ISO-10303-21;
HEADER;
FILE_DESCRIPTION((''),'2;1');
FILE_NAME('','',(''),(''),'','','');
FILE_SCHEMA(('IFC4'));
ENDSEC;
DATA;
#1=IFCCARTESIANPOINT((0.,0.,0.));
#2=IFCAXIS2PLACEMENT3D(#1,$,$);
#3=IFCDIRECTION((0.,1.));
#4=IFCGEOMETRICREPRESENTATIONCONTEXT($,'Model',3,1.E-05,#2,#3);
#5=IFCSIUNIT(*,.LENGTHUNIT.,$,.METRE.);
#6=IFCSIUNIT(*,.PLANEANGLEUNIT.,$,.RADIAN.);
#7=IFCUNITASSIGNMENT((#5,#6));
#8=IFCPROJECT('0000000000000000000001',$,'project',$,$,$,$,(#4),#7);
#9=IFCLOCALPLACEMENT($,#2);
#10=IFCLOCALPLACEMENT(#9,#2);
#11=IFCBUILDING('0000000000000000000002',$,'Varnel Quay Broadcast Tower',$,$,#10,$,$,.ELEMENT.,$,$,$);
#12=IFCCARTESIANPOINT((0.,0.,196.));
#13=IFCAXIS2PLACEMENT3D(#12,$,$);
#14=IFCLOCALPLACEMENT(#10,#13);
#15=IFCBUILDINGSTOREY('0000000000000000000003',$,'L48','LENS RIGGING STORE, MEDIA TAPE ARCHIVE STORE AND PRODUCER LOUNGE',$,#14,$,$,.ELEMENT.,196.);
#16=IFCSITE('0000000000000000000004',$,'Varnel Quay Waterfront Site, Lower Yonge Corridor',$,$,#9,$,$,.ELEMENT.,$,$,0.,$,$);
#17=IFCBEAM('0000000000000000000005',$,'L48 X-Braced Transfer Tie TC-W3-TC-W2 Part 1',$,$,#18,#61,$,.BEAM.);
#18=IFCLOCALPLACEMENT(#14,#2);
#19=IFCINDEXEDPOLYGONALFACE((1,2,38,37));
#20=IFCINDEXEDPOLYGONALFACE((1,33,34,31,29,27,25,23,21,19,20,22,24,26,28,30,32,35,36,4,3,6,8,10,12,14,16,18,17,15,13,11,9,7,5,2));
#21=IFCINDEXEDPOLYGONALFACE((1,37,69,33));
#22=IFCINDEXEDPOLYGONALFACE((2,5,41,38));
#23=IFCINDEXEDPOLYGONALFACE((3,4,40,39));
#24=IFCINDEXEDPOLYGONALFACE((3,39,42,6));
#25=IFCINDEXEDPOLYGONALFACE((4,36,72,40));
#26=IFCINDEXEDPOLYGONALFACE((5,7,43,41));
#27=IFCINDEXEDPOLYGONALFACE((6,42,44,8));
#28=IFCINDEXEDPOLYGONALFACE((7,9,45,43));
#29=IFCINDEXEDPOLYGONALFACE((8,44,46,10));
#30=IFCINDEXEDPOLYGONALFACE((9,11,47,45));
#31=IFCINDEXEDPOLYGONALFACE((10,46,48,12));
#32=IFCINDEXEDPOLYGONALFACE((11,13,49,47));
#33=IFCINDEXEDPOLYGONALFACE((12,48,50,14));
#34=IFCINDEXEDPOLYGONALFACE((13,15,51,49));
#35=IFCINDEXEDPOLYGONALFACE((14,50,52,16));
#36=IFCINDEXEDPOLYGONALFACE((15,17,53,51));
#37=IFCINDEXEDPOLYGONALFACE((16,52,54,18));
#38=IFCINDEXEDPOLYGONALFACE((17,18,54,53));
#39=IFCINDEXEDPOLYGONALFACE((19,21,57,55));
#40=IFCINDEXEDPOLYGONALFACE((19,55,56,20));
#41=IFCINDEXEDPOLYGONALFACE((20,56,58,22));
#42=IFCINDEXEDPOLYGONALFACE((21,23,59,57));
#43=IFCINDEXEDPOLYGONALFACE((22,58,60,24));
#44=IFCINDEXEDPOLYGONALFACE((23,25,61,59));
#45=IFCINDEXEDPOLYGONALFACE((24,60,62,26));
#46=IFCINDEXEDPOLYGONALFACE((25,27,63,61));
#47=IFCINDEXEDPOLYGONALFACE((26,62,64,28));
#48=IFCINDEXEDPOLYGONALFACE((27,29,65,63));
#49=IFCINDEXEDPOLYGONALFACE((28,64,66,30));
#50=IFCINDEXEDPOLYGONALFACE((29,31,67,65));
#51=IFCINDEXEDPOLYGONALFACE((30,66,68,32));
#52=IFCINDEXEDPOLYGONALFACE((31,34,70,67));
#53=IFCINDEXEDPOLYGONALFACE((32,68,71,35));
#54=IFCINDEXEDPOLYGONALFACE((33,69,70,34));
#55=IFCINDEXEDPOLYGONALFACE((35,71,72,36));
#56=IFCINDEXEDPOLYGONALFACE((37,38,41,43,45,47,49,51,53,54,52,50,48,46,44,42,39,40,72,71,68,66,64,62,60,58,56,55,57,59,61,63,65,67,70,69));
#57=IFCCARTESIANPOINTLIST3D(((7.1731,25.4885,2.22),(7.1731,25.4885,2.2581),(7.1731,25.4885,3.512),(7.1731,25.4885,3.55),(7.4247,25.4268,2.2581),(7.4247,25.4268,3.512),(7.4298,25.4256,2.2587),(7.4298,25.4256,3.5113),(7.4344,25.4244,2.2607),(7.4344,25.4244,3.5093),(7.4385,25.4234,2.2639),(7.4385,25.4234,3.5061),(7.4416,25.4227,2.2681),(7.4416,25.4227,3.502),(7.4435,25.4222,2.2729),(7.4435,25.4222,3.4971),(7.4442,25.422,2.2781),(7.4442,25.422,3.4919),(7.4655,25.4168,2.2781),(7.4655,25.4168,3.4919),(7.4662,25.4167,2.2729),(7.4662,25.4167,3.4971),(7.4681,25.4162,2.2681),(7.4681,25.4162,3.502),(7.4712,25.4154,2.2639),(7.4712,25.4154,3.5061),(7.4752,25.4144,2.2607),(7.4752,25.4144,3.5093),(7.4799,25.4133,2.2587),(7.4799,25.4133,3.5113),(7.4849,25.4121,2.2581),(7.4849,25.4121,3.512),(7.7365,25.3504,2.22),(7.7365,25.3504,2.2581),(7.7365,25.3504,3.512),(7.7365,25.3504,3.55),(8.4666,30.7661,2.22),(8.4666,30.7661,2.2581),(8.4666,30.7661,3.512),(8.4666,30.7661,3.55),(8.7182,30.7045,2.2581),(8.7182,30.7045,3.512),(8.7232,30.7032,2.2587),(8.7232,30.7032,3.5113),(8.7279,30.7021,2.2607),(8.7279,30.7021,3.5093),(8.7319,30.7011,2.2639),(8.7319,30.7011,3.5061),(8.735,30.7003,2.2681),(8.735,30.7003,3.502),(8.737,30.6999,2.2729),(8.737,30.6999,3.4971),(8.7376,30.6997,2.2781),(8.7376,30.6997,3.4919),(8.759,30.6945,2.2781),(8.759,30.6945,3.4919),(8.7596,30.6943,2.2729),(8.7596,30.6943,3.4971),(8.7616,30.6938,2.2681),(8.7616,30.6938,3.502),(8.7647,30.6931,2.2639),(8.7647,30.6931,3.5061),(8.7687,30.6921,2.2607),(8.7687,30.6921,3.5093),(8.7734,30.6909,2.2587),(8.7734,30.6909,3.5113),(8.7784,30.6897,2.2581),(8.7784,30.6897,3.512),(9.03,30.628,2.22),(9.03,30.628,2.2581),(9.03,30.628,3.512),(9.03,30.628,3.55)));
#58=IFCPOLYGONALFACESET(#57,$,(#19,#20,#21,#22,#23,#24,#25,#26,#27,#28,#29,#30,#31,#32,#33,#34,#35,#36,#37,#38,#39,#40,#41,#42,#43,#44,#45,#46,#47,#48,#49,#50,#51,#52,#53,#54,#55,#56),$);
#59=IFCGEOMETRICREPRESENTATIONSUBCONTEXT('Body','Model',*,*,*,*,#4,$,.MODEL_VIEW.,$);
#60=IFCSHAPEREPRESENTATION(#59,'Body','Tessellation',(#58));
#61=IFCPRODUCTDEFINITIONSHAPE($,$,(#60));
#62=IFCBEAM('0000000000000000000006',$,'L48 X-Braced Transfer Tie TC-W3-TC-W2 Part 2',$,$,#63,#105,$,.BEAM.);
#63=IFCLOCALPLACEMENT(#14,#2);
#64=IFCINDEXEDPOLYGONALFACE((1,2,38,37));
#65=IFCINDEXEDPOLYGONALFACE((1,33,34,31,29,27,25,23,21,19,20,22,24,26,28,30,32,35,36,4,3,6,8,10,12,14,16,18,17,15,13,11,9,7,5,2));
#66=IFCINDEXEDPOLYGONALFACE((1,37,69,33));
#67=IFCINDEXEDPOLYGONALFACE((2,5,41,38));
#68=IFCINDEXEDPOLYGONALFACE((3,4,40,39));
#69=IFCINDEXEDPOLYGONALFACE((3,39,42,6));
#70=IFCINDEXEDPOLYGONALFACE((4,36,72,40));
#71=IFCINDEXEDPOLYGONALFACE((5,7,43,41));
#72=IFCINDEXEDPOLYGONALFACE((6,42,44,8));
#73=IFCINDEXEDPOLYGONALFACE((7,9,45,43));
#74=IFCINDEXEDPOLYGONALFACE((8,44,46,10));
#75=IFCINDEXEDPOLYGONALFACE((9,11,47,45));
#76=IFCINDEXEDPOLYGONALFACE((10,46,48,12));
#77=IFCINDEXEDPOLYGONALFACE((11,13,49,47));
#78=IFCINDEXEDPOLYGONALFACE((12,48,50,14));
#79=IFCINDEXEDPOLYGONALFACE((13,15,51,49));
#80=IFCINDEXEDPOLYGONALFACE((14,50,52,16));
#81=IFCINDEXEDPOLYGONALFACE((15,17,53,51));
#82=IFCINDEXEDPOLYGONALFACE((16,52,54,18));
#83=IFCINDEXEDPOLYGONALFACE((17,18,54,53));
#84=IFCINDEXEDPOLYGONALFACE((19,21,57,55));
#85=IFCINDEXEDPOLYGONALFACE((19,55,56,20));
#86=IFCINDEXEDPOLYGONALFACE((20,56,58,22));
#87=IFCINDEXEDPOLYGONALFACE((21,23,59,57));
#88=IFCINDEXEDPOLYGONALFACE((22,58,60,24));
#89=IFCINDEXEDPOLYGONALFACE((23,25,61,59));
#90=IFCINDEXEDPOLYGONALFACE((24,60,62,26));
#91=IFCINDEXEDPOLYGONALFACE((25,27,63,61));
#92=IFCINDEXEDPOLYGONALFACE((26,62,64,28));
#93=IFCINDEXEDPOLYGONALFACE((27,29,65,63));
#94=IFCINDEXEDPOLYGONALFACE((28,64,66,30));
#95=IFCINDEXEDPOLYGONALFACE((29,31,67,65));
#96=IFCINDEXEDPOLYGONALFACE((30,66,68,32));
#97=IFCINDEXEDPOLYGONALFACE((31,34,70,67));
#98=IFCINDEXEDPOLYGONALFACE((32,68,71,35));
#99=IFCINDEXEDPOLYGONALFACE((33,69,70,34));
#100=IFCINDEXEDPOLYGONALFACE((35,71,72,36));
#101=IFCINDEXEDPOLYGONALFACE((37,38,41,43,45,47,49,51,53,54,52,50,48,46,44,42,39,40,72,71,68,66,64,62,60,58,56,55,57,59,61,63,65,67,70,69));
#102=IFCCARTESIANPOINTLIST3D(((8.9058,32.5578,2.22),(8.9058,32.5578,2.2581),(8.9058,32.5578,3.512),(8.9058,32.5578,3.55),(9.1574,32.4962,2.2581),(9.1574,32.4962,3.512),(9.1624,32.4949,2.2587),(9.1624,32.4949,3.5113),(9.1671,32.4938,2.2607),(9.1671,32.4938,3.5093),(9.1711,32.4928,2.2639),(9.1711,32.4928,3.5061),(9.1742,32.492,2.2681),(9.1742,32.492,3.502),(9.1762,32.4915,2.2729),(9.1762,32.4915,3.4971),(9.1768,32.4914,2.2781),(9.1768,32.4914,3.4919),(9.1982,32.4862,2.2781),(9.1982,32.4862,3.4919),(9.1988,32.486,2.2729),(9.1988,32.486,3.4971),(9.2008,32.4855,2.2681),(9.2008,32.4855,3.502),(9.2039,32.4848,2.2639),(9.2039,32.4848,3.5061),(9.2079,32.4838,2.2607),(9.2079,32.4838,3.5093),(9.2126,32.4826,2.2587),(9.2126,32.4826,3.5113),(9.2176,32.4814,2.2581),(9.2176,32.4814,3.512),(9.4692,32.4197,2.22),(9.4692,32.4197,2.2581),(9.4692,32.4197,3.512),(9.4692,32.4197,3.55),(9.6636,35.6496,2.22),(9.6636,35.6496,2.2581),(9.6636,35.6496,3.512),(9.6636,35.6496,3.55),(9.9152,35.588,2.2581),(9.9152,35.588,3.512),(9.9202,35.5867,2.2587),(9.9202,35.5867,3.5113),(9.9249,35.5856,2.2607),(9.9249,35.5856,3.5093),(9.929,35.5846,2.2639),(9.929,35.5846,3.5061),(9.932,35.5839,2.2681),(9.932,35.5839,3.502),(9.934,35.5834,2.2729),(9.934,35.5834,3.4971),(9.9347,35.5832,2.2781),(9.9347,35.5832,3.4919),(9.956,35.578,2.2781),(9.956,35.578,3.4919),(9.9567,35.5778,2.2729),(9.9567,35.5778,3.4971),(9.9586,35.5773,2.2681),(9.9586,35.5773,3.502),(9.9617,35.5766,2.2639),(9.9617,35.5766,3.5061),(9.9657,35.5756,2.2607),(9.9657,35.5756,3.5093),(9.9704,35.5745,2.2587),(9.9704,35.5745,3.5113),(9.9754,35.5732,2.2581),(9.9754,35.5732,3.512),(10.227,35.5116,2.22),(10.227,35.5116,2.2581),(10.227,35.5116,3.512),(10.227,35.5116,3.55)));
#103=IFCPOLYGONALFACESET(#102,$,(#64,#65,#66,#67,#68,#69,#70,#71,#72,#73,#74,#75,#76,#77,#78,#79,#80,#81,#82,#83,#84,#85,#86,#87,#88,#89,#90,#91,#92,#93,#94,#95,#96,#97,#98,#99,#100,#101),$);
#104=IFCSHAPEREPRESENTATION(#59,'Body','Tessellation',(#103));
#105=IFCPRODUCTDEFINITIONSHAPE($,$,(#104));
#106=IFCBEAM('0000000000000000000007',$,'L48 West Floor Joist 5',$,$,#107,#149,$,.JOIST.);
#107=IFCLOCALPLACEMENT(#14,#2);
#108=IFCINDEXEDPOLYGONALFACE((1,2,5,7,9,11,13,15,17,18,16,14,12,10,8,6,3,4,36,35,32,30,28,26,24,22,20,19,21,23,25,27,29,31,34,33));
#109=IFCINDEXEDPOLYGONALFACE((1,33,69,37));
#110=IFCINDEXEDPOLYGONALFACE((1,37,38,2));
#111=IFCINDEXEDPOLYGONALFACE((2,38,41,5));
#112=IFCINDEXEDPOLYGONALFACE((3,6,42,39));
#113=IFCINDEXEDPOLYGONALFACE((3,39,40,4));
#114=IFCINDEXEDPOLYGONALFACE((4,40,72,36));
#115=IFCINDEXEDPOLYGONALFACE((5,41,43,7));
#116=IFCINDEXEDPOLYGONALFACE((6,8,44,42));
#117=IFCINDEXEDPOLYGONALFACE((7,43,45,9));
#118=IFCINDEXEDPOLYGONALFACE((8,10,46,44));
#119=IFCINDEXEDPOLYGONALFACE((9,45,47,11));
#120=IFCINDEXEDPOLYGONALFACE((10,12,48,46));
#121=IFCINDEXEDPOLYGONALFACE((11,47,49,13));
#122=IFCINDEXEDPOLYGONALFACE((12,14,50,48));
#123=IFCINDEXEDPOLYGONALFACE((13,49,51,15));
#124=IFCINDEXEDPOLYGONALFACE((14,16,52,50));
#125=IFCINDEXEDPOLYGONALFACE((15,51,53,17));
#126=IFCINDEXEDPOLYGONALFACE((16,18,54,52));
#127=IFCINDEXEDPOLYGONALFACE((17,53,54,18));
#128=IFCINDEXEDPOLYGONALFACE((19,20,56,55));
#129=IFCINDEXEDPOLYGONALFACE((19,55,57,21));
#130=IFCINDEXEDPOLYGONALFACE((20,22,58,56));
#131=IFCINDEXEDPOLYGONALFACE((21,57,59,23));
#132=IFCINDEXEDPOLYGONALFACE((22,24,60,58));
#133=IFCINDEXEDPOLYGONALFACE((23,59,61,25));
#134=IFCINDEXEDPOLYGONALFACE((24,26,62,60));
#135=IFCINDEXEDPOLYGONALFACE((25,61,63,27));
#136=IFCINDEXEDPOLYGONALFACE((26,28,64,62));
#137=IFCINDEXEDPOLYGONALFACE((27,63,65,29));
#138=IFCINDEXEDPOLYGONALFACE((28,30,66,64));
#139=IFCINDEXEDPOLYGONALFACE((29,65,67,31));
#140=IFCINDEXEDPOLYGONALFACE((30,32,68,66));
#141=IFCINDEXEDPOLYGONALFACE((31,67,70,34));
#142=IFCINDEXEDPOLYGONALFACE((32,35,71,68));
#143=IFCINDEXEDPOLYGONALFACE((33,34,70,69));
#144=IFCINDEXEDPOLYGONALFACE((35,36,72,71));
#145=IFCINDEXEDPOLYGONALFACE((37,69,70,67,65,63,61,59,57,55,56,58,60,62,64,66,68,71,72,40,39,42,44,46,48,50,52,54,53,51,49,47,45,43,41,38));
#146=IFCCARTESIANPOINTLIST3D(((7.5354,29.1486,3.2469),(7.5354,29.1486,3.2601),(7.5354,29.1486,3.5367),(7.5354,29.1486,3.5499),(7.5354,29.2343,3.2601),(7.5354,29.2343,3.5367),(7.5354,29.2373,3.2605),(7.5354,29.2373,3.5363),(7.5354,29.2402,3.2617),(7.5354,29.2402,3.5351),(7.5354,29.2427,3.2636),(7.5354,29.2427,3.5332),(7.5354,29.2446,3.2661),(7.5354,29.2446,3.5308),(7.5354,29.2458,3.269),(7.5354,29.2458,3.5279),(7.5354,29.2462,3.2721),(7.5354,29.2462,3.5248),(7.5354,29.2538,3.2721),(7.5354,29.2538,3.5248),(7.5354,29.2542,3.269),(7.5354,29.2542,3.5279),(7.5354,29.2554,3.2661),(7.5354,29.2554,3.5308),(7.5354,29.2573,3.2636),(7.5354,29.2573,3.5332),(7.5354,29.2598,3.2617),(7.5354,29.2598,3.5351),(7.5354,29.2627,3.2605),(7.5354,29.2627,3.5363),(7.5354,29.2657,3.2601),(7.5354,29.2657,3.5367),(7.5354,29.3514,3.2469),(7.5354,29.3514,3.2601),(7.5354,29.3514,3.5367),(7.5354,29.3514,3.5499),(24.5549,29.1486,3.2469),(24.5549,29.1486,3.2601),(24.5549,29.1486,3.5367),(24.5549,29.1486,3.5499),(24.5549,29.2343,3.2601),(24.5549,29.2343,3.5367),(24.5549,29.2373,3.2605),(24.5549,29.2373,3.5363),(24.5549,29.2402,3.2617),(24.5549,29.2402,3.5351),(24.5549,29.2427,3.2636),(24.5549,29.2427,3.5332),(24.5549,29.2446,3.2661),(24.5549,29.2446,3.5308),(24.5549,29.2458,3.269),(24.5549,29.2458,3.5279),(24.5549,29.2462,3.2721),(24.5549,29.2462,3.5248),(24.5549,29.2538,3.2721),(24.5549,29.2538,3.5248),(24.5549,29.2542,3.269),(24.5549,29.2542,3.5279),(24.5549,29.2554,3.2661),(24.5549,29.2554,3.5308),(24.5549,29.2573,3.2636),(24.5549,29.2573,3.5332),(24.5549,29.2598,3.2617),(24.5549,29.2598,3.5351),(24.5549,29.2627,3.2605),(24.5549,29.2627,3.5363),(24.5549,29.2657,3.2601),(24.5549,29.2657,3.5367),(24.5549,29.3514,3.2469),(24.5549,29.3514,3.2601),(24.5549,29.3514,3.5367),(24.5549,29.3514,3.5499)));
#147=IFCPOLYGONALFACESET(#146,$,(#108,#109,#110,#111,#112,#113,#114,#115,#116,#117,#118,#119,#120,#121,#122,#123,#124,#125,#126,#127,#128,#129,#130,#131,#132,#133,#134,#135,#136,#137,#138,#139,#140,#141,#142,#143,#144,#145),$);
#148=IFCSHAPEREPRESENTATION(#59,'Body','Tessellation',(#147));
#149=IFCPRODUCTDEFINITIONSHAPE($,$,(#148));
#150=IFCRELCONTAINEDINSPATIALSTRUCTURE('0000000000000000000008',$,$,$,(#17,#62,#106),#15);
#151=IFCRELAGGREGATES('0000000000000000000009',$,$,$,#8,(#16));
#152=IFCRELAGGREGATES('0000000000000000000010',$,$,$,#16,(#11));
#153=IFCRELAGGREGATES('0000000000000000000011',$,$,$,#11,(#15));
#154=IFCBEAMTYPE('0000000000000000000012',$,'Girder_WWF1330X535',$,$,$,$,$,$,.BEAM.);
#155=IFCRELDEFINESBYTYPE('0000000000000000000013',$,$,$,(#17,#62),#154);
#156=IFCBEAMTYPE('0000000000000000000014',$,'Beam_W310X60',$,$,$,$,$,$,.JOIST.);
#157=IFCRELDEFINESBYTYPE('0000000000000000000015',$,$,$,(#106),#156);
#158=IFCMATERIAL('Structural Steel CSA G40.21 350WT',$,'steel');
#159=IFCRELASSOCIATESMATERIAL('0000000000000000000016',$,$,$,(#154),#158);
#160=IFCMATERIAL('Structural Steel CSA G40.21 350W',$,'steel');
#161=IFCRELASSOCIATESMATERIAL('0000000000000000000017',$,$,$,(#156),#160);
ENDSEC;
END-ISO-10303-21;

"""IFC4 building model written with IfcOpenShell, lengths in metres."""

from ifc_helpers import new_model, si_unit, direction, frame, origin, origin_2d, place, context, subcontext, project, spatial, i_section, extrude, source, transform, mapped, material, material_profile, profile_set, type_object, element, save


model = new_model("IFC4")

# Units and contexts
model_context = context("Model", 3, precision=1e-05, world=origin(), true_north=direction((0.0, 1.0)))
body_context = subcontext(model_context, "Body", "Model", "MODEL_VIEW")
ifc_project = project(units=[si_unit("LENGTHUNIT", "METRE"), si_unit("PLANEANGLEUNIT", "RADIAN")], contexts=[model_context])

# Site, building, storey
site_placement = place(None, origin())
site = spatial("IfcSite", under=ifc_project, at=site_placement, Name="Varnel Quay Waterfront Site, Lower Yonge Corridor", CompositionType="ELEMENT", RefElevation=0.0)
building_placement = place(site_placement, origin())
building = spatial("IfcBuilding", under=site, at=building_placement, Name="Varnel Quay Broadcast Tower", CompositionType="ELEMENT")
storey_placement = place(building_placement, frame((0.0, 0.0, 196.0)))
storey = spatial("IfcBuildingStorey", under=building, at=storey_placement, Name="L48", Description="LENS RIGGING STORE, MEDIA TAPE ARCHIVE STORE AND PRODUCER LOUNGE", CompositionType="ELEMENT", Elevation=196.0)

# Shared definitions
ifc_material_1 = material(Name="Structural Steel CSA G40.21 350WT", Category="steel")
ifc_material_2 = material(Name="Structural Steel CSA G40.21 350W", Category="steel")

# Beams
ifc_material_profile_1 = material_profile(ifc_material_1, i_section(OverallWidth=0.5801, OverallDepth=1.3301, WebThickness=0.022, FlangeThickness=0.0381, FilletRadius=0.02, at=origin_2d()), Name="WWF1330X535")
ifc_profile_set_1 = profile_set([ifc_material_profile_1], Name="Structural Steel CSA G40.21 350WT")
beam_type_1 = type_object("IfcBeamType", Name="Girder_WWF1330X535", PredefinedType="BEAM", material=ifc_profile_set_1)
ifc_material_profile_2 = material_profile(ifc_material_2, i_section(OverallWidth=0.2029, OverallDepth=0.303, WebThickness=0.0076, FlangeThickness=0.0132, FilletRadius=0.012, at=origin_2d()), Name="W310X60")
ifc_profile_set_2 = profile_set([ifc_material_profile_2], Name="Structural Steel CSA G40.21 350W")
beam_type_2 = type_object("IfcBeamType", Name="Beam_W310X60", PredefinedType="JOIST", material=ifc_profile_set_2)
shared_shape_1 = source(origin(), body_context, "Body", "SweptSolid", [
    extrude(i_section(OverallWidth=0.5801, OverallDepth=1.3301, WebThickness=0.022, FlangeThickness=0.0381, FilletRadius=0.02, at=origin_2d()), origin(), (0.0, 0.0, 1.0), 5.4338),
])
beam_1_placement = place(storey_placement, frame((7.4548, 25.4194, 2.885), z_axis=(0.23804, 0.971255, 0.0), x_axis=(-0.971255, 0.23804, 0.0)))
element("IfcBeam", 1, at=beam_1_placement, inside=storey, type_object=beam_type_1, Name="L48 X-Braced Transfer Tie TC-W3-TC-W2 Part 1", PredefinedType="BEAM", context=body_context, shape_type="MappedRepresentation", body=[
    mapped(shared_shape_1, transform((0.0, 0.0, 0.0), x_axis=(1.0, 0.0, 0.0), y_axis=(0.0, 1.0, 0.0), z_axis=(0.0, 0.0, 1.0), scale=1.0)),
])
shared_shape_2 = source(origin(), body_context, "Body", "SweptSolid", [
    extrude(i_section(OverallWidth=0.5801, OverallDepth=1.3301, WebThickness=0.022, FlangeThickness=0.0381, FilletRadius=0.02, at=origin_2d()), origin(), (0.0, 0.0, 1.0), 3.1833),
])
beam_2_placement = place(storey_placement, frame((9.1875, 32.4888, 2.885), z_axis=(0.238058, 0.971251, 0.0), x_axis=(-0.971251, 0.238058, 0.0)))
element("IfcBeam", 2, at=beam_2_placement, inside=storey, type_object=beam_type_1, Name="L48 X-Braced Transfer Tie TC-W3-TC-W2 Part 2", PredefinedType="BEAM", context=body_context, shape_type="MappedRepresentation", body=[
    mapped(shared_shape_2, transform((0.0, 0.0, 0.0), x_axis=(1.0, 0.0, 0.0), y_axis=(0.0, 1.0, 0.0), z_axis=(0.0, 0.0, 1.0), scale=1.0)),
])
shared_shape_3 = source(origin(), body_context, "Body", "SweptSolid", [
    extrude(i_section(OverallWidth=0.2029, OverallDepth=0.303, WebThickness=0.0076, FlangeThickness=0.0132, FilletRadius=0.012, at=origin_2d()), origin(), (0.0, 0.0, 1.0), 17.0195),
])
beam_3_placement = place(storey_placement, frame((7.5354, 29.25, 3.3984), z_axis=(1.0, 0.0, 0.0), x_axis=(0.0, 1.0, 0.0)))
element("IfcBeam", 3, at=beam_3_placement, inside=storey, type_object=beam_type_2, Name="L48 West Floor Joist 5", PredefinedType="JOIST", context=body_context, shape_type="MappedRepresentation", body=[
    mapped(shared_shape_3, transform((0.0, 0.0, 0.0), x_axis=(1.0, 0.0, 0.0), y_axis=(0.0, 1.0, 0.0), z_axis=(0.0, 0.0, 1.0), scale=1.0)),
])

save(model, "model.ifc")
